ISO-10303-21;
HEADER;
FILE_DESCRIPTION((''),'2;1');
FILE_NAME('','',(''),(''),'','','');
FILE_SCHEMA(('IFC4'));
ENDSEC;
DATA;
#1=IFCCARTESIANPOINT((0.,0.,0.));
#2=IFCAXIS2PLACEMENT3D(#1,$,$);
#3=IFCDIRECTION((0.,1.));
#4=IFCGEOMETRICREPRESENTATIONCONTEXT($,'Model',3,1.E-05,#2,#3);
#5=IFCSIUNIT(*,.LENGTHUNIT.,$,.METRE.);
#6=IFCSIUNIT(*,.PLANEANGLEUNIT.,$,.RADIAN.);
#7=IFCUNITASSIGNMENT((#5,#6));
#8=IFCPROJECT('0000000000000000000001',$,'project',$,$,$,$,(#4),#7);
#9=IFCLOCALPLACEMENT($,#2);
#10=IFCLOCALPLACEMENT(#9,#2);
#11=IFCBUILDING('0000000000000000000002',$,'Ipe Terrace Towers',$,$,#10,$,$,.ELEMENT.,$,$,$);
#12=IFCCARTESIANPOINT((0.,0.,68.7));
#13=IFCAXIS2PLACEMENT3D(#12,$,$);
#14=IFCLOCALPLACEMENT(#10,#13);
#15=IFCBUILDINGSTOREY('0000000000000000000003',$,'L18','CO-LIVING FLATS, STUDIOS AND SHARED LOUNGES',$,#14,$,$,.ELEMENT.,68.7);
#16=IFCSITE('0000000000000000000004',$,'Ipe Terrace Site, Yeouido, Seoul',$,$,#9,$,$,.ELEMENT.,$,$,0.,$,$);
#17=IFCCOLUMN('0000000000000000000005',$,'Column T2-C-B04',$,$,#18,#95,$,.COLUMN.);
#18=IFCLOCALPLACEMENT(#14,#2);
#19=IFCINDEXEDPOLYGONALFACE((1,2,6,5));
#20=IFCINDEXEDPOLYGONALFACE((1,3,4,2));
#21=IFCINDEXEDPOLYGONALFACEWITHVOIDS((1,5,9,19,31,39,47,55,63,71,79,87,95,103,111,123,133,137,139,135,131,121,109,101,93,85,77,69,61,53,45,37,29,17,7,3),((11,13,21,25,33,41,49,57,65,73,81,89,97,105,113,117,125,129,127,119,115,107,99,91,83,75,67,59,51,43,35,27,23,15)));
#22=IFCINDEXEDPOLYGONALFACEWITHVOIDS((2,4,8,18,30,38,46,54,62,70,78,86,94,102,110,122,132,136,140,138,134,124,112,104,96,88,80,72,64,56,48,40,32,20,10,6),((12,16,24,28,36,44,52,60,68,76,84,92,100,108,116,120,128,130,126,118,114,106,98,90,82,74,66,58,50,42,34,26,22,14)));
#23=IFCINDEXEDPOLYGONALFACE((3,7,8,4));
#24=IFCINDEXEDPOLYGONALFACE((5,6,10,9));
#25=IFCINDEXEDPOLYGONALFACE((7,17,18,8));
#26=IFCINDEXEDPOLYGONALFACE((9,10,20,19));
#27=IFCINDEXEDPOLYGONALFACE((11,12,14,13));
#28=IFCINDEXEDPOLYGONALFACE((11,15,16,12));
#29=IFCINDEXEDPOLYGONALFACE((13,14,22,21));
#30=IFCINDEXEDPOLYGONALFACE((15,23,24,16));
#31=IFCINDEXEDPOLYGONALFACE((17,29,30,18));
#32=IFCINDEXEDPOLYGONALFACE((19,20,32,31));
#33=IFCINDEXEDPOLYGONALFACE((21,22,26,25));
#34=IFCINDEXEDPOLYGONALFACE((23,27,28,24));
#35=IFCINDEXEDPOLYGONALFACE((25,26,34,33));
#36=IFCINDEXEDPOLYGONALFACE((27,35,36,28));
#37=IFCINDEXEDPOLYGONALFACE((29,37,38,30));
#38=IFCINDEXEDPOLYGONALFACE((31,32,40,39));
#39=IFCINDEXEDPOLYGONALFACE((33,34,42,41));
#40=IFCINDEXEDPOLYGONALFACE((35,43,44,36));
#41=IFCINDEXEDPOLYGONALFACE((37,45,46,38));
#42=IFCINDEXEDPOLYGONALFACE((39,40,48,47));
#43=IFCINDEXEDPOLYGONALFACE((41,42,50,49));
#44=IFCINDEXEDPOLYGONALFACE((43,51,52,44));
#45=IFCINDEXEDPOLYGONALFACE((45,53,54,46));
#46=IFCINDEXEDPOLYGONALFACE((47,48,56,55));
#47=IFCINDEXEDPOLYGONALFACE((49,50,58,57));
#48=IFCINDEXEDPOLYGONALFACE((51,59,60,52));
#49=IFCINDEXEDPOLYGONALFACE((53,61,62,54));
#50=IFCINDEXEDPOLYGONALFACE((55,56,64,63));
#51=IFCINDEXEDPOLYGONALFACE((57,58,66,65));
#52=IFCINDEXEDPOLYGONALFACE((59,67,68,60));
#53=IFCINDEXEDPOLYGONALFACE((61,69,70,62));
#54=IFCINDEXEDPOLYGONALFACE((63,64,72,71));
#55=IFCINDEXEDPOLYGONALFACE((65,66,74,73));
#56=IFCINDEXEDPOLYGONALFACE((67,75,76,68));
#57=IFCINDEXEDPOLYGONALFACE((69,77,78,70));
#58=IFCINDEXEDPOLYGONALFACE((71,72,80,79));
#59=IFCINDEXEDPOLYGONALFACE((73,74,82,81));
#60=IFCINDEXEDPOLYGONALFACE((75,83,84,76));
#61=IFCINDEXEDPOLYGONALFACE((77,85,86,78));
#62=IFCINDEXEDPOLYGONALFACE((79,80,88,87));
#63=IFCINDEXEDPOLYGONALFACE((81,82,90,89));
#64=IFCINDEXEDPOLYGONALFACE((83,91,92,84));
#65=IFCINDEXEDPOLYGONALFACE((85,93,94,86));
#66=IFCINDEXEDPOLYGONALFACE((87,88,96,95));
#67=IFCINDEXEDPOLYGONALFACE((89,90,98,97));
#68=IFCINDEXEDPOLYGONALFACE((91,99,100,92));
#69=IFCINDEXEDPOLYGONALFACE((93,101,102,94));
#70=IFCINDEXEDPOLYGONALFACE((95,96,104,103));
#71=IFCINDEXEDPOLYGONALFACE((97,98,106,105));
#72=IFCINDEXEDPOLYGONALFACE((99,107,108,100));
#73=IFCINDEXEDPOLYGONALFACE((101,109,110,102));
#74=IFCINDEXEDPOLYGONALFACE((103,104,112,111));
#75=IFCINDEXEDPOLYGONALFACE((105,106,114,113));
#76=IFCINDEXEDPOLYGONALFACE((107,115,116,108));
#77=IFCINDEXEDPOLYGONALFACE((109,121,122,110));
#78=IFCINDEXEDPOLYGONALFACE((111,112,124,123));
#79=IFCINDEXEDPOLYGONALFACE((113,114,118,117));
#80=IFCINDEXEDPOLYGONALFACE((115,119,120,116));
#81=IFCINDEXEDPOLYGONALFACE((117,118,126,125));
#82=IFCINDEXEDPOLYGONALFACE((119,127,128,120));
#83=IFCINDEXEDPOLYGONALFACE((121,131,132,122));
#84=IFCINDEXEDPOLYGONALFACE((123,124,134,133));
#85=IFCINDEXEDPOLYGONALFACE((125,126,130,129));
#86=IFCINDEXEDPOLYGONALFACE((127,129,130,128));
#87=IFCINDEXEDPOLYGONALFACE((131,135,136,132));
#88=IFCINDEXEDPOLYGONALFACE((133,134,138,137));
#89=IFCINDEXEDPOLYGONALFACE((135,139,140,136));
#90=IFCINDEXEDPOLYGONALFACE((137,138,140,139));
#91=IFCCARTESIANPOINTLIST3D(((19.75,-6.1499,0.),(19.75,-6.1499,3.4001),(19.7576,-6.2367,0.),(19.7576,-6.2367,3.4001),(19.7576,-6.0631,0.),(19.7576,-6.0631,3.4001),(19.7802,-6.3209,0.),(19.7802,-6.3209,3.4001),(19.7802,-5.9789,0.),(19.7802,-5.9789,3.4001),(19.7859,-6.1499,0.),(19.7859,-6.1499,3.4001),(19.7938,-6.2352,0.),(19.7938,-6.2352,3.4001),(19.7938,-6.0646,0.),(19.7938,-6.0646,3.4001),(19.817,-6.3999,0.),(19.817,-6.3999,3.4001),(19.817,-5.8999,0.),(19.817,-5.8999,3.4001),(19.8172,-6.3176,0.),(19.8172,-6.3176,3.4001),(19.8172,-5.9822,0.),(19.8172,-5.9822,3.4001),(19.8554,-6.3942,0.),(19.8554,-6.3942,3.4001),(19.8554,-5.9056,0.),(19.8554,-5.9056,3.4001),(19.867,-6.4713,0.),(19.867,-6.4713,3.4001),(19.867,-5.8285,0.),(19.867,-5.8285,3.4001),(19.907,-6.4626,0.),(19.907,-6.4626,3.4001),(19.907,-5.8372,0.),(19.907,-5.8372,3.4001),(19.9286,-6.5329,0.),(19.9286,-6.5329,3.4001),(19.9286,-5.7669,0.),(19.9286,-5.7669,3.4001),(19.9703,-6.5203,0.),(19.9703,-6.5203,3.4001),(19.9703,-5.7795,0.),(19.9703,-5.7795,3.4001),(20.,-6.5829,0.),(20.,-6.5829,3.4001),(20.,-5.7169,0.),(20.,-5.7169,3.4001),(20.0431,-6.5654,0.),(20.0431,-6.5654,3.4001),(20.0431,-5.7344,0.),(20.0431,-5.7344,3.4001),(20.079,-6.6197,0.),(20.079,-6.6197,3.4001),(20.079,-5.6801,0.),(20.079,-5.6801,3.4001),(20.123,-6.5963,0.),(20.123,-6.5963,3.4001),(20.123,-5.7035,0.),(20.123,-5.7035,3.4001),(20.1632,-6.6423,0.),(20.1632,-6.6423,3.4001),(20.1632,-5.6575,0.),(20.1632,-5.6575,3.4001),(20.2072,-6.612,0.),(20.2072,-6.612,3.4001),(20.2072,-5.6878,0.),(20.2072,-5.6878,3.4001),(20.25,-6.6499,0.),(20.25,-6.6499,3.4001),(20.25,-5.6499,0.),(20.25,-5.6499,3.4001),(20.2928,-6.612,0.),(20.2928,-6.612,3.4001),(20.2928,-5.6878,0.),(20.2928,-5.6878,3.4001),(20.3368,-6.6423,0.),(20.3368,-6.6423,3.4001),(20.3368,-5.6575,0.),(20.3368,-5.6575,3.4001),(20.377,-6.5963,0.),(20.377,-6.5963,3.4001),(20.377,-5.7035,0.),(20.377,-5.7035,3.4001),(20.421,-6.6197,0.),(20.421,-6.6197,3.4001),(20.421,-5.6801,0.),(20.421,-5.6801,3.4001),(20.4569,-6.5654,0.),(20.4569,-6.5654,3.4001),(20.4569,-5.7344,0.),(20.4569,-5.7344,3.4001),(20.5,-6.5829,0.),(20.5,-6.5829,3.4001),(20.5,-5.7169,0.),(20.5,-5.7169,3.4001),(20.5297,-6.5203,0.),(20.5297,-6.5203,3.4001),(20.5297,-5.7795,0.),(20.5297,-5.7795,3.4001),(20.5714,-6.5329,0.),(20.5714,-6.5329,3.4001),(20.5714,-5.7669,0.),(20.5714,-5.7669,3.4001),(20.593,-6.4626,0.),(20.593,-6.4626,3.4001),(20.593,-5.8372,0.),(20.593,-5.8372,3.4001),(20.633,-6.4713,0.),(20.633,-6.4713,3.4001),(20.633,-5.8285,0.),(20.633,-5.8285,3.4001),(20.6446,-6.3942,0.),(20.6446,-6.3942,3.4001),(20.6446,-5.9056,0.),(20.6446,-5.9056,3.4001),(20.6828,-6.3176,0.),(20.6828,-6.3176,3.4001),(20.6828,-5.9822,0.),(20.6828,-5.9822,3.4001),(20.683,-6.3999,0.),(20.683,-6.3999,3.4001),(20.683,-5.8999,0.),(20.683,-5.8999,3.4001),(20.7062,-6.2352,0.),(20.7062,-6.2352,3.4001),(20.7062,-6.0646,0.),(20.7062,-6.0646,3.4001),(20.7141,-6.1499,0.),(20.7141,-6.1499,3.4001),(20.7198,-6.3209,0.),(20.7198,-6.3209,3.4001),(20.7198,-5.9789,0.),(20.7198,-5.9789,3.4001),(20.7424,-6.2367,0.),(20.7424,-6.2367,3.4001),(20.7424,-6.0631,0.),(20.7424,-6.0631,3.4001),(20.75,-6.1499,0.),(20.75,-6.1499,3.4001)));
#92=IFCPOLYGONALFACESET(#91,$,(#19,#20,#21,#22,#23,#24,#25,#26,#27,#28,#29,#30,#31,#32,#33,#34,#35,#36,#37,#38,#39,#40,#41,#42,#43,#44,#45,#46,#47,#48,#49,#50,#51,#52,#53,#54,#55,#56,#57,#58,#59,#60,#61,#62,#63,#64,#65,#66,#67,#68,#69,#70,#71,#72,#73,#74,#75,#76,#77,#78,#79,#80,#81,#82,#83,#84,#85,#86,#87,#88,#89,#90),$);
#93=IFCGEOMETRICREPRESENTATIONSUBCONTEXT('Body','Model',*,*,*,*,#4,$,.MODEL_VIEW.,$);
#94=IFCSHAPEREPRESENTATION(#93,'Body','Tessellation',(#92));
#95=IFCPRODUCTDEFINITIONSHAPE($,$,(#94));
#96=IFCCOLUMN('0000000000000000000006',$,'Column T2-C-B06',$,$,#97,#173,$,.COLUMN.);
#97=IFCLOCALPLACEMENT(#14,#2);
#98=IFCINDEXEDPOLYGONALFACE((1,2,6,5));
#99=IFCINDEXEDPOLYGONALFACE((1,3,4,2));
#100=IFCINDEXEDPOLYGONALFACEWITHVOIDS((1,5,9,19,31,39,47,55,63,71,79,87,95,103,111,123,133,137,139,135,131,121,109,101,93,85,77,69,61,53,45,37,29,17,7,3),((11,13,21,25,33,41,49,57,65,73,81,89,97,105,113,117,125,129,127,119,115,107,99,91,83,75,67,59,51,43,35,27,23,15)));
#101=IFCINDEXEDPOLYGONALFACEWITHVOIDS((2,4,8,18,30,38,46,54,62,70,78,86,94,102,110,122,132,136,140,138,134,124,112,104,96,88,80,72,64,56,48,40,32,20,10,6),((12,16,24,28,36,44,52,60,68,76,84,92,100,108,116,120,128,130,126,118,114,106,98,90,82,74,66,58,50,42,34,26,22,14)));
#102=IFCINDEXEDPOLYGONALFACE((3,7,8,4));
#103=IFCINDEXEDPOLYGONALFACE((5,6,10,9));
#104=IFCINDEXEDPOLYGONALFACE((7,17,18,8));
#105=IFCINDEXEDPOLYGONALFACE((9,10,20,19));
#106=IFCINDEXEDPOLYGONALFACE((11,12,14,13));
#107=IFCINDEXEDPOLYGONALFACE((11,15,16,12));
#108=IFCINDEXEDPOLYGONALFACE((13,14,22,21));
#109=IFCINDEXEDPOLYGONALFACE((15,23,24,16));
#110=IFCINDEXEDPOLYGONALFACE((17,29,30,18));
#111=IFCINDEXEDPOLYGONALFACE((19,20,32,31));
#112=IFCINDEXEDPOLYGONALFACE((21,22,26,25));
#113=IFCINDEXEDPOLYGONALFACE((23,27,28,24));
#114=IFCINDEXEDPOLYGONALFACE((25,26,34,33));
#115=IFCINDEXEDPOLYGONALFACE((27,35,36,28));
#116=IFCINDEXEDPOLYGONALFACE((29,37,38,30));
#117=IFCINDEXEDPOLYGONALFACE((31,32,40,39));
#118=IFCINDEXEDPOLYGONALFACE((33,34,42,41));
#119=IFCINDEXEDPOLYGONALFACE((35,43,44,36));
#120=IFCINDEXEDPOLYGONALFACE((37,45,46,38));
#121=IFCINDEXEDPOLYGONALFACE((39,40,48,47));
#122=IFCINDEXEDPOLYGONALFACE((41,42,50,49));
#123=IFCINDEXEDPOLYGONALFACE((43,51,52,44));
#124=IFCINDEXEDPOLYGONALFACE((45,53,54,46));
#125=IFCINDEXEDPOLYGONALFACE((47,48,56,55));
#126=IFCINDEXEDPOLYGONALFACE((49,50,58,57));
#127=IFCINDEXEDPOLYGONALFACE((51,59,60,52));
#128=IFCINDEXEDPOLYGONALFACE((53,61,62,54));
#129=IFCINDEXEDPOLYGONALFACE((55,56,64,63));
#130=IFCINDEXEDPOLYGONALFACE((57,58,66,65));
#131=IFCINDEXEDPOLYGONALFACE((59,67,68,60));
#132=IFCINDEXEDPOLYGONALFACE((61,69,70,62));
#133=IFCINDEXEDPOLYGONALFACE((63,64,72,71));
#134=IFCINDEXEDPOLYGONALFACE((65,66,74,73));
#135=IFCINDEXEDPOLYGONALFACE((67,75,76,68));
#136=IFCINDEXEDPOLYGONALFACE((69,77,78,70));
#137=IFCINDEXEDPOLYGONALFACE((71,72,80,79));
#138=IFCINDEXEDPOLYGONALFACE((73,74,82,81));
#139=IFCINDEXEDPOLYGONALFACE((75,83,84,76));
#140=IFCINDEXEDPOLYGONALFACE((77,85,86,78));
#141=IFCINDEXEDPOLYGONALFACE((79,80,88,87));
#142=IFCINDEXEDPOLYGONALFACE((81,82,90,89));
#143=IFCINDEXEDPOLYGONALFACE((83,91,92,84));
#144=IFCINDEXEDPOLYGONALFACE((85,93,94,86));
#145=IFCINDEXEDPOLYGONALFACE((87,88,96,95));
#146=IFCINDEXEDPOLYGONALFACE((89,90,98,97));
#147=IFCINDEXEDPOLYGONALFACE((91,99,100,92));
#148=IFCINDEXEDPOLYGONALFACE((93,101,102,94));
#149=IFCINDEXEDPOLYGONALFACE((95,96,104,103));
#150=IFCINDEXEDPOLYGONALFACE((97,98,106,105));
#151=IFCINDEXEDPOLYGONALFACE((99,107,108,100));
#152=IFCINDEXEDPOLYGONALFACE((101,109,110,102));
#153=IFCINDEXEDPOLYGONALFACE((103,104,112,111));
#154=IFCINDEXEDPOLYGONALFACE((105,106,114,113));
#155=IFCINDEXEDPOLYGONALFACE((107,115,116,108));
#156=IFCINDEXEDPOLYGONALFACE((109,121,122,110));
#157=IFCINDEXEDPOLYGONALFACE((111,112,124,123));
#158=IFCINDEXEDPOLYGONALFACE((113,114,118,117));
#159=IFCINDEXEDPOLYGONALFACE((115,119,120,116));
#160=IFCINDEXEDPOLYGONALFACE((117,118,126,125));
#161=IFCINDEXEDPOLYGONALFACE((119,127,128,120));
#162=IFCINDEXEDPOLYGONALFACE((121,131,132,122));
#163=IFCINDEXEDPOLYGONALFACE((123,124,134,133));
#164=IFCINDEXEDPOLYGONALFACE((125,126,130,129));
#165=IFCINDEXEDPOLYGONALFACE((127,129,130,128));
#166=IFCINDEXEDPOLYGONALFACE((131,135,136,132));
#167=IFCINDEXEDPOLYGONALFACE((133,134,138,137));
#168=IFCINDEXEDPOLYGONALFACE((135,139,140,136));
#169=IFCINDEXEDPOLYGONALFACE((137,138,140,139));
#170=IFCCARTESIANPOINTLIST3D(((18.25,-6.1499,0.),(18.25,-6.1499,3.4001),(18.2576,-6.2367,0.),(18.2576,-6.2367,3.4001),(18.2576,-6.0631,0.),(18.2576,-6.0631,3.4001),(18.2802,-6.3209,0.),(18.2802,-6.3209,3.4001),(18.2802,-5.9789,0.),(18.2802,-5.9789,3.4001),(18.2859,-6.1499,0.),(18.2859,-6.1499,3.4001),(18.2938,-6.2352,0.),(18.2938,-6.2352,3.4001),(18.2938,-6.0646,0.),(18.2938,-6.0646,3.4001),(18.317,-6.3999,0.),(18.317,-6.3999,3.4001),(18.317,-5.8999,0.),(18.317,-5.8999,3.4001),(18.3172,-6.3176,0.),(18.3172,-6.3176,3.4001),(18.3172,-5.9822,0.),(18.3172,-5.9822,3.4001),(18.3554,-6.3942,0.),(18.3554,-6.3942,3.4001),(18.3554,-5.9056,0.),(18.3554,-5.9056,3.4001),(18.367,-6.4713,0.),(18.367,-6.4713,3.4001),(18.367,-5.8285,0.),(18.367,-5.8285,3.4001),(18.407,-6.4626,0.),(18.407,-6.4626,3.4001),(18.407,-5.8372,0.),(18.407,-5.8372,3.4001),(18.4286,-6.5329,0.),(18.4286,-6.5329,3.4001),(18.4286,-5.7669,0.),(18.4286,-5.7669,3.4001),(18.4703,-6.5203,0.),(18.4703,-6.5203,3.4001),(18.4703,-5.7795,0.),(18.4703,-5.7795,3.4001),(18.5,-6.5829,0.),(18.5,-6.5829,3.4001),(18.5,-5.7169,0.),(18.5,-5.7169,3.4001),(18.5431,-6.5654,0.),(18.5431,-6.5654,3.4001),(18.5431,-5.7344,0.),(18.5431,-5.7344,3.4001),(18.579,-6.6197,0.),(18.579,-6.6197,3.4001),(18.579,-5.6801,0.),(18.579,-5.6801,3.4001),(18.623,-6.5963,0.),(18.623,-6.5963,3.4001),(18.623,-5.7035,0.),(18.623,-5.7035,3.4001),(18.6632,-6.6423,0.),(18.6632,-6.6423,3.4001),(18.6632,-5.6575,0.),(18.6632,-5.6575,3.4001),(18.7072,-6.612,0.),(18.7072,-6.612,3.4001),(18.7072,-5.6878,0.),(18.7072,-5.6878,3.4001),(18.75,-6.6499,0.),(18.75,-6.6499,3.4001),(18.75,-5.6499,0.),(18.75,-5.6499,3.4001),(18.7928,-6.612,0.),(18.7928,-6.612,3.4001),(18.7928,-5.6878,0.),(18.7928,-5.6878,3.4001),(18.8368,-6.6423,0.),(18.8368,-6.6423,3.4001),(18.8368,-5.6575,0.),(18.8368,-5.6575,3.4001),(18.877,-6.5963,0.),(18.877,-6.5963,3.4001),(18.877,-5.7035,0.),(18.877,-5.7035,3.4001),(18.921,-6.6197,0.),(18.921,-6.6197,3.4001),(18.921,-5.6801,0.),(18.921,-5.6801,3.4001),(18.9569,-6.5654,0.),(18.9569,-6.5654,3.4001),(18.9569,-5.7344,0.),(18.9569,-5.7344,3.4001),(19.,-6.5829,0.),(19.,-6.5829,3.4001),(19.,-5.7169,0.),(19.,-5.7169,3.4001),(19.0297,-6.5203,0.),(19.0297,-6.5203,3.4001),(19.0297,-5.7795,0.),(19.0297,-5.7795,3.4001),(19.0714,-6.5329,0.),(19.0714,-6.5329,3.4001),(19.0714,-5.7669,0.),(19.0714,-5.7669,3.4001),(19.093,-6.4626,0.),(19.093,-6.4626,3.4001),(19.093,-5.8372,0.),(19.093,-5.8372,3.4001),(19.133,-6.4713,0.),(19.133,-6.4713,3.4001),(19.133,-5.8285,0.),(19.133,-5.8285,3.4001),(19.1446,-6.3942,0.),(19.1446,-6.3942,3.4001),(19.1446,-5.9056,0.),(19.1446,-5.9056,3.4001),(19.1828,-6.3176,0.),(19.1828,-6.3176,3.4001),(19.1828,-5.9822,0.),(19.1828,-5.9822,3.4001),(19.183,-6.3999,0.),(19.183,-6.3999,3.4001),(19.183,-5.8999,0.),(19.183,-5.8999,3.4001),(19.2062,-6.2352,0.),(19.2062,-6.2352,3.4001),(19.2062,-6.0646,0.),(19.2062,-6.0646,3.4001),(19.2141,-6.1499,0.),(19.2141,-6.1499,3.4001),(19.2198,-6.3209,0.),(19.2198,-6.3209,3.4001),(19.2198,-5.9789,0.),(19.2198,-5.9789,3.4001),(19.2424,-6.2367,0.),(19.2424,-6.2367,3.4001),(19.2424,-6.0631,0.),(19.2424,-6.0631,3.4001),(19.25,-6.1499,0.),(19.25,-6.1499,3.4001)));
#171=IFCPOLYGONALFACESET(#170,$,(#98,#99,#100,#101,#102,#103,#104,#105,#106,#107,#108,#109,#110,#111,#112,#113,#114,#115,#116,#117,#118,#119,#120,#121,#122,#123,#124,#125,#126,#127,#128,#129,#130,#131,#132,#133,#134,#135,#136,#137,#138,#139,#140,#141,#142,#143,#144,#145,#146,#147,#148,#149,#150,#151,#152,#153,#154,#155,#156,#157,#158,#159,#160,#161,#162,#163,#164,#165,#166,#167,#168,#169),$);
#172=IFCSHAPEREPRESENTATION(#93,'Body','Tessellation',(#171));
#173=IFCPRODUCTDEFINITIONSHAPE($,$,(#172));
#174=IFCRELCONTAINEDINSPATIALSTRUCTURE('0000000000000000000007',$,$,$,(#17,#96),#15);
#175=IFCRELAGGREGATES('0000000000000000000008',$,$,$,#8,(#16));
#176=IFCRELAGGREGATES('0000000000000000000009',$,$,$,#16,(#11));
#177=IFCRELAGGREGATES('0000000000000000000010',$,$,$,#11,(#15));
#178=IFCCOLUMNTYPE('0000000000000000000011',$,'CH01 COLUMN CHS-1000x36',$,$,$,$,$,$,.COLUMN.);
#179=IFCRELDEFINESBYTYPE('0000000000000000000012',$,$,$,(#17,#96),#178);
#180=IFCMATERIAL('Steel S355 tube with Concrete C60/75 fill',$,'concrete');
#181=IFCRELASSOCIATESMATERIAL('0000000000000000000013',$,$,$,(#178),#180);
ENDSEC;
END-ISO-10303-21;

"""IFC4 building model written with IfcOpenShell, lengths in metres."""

from ifc_helpers import new_model, si_unit, direction, frame, origin, origin_2d, place, context, subcontext, project, spatial, hollow_circle, extrude, material, material_profile, profile_set, type_object, element, save


model = new_model("IFC4")

# Units and contexts
model_context = context("Model", 3, precision=1e-05, world=origin(), true_north=direction((0.0, 1.0)))
body_context = subcontext(model_context, "Body", "Model", "MODEL_VIEW")
ifc_project = project(units=[si_unit("LENGTHUNIT", "METRE"), si_unit("PLANEANGLEUNIT", "RADIAN")], contexts=[model_context])

# Site, building, storey
site_placement = place(None, origin())
site = spatial("IfcSite", under=ifc_project, at=site_placement, Name="Ipe Terrace Site, Yeouido, Seoul", CompositionType="ELEMENT", RefElevation=0.0)
building_placement = place(site_placement, origin())
building = spatial("IfcBuilding", under=site, at=building_placement, Name="Ipe Terrace Towers", CompositionType="ELEMENT")
storey_placement = place(building_placement, frame((0.0, 0.0, 68.7)))
storey = spatial("IfcBuildingStorey", under=building, at=storey_placement, Name="L18", Description="CO-LIVING FLATS, STUDIOS AND SHARED LOUNGES", CompositionType="ELEMENT", Elevation=68.7)

# Columns
ifc_material_1 = material(Name="Steel S355 tube with Concrete C60/75 fill", Category="concrete")
ifc_material_profile_1 = material_profile(ifc_material_1, hollow_circle(Radius=0.5, WallThickness=0.0359, at=origin_2d()), Name="CHS-1000x36")
ifc_profile_set_1 = profile_set([ifc_material_profile_1], Name="Steel S355 tube with Concrete C60/75 fill")
column_type = type_object("IfcColumnType", Name="CH01 COLUMN CHS-1000x36", PredefinedType="COLUMN", material=ifc_profile_set_1)
for number, where, z_axis, x_axis, name in (
    (1, (20.25, -6.1499, 0.0), (0.0, 0.0, 1.0), (1.0, 0.0, 0.0), "Column T2-C-B04"),
    (2, (18.75, -6.1499, 0.0), (0.0, 0.0, 1.0), (1.0, 0.0, 0.0), "Column T2-C-B06"),
):
    element("IfcColumn", number, at=place(storey_placement, frame(where, z_axis=z_axis, x_axis=x_axis)), inside=storey, type_object=column_type, Name=name, PredefinedType="COLUMN", context=body_context, shape_type="SweptSolid", body=[
        extrude(hollow_circle(Radius=0.5, WallThickness=0.0359, at=origin_2d()), origin(), (0.0, 0.0, 1.0), 3.4001),
    ])

save(model, "model.ifc")
